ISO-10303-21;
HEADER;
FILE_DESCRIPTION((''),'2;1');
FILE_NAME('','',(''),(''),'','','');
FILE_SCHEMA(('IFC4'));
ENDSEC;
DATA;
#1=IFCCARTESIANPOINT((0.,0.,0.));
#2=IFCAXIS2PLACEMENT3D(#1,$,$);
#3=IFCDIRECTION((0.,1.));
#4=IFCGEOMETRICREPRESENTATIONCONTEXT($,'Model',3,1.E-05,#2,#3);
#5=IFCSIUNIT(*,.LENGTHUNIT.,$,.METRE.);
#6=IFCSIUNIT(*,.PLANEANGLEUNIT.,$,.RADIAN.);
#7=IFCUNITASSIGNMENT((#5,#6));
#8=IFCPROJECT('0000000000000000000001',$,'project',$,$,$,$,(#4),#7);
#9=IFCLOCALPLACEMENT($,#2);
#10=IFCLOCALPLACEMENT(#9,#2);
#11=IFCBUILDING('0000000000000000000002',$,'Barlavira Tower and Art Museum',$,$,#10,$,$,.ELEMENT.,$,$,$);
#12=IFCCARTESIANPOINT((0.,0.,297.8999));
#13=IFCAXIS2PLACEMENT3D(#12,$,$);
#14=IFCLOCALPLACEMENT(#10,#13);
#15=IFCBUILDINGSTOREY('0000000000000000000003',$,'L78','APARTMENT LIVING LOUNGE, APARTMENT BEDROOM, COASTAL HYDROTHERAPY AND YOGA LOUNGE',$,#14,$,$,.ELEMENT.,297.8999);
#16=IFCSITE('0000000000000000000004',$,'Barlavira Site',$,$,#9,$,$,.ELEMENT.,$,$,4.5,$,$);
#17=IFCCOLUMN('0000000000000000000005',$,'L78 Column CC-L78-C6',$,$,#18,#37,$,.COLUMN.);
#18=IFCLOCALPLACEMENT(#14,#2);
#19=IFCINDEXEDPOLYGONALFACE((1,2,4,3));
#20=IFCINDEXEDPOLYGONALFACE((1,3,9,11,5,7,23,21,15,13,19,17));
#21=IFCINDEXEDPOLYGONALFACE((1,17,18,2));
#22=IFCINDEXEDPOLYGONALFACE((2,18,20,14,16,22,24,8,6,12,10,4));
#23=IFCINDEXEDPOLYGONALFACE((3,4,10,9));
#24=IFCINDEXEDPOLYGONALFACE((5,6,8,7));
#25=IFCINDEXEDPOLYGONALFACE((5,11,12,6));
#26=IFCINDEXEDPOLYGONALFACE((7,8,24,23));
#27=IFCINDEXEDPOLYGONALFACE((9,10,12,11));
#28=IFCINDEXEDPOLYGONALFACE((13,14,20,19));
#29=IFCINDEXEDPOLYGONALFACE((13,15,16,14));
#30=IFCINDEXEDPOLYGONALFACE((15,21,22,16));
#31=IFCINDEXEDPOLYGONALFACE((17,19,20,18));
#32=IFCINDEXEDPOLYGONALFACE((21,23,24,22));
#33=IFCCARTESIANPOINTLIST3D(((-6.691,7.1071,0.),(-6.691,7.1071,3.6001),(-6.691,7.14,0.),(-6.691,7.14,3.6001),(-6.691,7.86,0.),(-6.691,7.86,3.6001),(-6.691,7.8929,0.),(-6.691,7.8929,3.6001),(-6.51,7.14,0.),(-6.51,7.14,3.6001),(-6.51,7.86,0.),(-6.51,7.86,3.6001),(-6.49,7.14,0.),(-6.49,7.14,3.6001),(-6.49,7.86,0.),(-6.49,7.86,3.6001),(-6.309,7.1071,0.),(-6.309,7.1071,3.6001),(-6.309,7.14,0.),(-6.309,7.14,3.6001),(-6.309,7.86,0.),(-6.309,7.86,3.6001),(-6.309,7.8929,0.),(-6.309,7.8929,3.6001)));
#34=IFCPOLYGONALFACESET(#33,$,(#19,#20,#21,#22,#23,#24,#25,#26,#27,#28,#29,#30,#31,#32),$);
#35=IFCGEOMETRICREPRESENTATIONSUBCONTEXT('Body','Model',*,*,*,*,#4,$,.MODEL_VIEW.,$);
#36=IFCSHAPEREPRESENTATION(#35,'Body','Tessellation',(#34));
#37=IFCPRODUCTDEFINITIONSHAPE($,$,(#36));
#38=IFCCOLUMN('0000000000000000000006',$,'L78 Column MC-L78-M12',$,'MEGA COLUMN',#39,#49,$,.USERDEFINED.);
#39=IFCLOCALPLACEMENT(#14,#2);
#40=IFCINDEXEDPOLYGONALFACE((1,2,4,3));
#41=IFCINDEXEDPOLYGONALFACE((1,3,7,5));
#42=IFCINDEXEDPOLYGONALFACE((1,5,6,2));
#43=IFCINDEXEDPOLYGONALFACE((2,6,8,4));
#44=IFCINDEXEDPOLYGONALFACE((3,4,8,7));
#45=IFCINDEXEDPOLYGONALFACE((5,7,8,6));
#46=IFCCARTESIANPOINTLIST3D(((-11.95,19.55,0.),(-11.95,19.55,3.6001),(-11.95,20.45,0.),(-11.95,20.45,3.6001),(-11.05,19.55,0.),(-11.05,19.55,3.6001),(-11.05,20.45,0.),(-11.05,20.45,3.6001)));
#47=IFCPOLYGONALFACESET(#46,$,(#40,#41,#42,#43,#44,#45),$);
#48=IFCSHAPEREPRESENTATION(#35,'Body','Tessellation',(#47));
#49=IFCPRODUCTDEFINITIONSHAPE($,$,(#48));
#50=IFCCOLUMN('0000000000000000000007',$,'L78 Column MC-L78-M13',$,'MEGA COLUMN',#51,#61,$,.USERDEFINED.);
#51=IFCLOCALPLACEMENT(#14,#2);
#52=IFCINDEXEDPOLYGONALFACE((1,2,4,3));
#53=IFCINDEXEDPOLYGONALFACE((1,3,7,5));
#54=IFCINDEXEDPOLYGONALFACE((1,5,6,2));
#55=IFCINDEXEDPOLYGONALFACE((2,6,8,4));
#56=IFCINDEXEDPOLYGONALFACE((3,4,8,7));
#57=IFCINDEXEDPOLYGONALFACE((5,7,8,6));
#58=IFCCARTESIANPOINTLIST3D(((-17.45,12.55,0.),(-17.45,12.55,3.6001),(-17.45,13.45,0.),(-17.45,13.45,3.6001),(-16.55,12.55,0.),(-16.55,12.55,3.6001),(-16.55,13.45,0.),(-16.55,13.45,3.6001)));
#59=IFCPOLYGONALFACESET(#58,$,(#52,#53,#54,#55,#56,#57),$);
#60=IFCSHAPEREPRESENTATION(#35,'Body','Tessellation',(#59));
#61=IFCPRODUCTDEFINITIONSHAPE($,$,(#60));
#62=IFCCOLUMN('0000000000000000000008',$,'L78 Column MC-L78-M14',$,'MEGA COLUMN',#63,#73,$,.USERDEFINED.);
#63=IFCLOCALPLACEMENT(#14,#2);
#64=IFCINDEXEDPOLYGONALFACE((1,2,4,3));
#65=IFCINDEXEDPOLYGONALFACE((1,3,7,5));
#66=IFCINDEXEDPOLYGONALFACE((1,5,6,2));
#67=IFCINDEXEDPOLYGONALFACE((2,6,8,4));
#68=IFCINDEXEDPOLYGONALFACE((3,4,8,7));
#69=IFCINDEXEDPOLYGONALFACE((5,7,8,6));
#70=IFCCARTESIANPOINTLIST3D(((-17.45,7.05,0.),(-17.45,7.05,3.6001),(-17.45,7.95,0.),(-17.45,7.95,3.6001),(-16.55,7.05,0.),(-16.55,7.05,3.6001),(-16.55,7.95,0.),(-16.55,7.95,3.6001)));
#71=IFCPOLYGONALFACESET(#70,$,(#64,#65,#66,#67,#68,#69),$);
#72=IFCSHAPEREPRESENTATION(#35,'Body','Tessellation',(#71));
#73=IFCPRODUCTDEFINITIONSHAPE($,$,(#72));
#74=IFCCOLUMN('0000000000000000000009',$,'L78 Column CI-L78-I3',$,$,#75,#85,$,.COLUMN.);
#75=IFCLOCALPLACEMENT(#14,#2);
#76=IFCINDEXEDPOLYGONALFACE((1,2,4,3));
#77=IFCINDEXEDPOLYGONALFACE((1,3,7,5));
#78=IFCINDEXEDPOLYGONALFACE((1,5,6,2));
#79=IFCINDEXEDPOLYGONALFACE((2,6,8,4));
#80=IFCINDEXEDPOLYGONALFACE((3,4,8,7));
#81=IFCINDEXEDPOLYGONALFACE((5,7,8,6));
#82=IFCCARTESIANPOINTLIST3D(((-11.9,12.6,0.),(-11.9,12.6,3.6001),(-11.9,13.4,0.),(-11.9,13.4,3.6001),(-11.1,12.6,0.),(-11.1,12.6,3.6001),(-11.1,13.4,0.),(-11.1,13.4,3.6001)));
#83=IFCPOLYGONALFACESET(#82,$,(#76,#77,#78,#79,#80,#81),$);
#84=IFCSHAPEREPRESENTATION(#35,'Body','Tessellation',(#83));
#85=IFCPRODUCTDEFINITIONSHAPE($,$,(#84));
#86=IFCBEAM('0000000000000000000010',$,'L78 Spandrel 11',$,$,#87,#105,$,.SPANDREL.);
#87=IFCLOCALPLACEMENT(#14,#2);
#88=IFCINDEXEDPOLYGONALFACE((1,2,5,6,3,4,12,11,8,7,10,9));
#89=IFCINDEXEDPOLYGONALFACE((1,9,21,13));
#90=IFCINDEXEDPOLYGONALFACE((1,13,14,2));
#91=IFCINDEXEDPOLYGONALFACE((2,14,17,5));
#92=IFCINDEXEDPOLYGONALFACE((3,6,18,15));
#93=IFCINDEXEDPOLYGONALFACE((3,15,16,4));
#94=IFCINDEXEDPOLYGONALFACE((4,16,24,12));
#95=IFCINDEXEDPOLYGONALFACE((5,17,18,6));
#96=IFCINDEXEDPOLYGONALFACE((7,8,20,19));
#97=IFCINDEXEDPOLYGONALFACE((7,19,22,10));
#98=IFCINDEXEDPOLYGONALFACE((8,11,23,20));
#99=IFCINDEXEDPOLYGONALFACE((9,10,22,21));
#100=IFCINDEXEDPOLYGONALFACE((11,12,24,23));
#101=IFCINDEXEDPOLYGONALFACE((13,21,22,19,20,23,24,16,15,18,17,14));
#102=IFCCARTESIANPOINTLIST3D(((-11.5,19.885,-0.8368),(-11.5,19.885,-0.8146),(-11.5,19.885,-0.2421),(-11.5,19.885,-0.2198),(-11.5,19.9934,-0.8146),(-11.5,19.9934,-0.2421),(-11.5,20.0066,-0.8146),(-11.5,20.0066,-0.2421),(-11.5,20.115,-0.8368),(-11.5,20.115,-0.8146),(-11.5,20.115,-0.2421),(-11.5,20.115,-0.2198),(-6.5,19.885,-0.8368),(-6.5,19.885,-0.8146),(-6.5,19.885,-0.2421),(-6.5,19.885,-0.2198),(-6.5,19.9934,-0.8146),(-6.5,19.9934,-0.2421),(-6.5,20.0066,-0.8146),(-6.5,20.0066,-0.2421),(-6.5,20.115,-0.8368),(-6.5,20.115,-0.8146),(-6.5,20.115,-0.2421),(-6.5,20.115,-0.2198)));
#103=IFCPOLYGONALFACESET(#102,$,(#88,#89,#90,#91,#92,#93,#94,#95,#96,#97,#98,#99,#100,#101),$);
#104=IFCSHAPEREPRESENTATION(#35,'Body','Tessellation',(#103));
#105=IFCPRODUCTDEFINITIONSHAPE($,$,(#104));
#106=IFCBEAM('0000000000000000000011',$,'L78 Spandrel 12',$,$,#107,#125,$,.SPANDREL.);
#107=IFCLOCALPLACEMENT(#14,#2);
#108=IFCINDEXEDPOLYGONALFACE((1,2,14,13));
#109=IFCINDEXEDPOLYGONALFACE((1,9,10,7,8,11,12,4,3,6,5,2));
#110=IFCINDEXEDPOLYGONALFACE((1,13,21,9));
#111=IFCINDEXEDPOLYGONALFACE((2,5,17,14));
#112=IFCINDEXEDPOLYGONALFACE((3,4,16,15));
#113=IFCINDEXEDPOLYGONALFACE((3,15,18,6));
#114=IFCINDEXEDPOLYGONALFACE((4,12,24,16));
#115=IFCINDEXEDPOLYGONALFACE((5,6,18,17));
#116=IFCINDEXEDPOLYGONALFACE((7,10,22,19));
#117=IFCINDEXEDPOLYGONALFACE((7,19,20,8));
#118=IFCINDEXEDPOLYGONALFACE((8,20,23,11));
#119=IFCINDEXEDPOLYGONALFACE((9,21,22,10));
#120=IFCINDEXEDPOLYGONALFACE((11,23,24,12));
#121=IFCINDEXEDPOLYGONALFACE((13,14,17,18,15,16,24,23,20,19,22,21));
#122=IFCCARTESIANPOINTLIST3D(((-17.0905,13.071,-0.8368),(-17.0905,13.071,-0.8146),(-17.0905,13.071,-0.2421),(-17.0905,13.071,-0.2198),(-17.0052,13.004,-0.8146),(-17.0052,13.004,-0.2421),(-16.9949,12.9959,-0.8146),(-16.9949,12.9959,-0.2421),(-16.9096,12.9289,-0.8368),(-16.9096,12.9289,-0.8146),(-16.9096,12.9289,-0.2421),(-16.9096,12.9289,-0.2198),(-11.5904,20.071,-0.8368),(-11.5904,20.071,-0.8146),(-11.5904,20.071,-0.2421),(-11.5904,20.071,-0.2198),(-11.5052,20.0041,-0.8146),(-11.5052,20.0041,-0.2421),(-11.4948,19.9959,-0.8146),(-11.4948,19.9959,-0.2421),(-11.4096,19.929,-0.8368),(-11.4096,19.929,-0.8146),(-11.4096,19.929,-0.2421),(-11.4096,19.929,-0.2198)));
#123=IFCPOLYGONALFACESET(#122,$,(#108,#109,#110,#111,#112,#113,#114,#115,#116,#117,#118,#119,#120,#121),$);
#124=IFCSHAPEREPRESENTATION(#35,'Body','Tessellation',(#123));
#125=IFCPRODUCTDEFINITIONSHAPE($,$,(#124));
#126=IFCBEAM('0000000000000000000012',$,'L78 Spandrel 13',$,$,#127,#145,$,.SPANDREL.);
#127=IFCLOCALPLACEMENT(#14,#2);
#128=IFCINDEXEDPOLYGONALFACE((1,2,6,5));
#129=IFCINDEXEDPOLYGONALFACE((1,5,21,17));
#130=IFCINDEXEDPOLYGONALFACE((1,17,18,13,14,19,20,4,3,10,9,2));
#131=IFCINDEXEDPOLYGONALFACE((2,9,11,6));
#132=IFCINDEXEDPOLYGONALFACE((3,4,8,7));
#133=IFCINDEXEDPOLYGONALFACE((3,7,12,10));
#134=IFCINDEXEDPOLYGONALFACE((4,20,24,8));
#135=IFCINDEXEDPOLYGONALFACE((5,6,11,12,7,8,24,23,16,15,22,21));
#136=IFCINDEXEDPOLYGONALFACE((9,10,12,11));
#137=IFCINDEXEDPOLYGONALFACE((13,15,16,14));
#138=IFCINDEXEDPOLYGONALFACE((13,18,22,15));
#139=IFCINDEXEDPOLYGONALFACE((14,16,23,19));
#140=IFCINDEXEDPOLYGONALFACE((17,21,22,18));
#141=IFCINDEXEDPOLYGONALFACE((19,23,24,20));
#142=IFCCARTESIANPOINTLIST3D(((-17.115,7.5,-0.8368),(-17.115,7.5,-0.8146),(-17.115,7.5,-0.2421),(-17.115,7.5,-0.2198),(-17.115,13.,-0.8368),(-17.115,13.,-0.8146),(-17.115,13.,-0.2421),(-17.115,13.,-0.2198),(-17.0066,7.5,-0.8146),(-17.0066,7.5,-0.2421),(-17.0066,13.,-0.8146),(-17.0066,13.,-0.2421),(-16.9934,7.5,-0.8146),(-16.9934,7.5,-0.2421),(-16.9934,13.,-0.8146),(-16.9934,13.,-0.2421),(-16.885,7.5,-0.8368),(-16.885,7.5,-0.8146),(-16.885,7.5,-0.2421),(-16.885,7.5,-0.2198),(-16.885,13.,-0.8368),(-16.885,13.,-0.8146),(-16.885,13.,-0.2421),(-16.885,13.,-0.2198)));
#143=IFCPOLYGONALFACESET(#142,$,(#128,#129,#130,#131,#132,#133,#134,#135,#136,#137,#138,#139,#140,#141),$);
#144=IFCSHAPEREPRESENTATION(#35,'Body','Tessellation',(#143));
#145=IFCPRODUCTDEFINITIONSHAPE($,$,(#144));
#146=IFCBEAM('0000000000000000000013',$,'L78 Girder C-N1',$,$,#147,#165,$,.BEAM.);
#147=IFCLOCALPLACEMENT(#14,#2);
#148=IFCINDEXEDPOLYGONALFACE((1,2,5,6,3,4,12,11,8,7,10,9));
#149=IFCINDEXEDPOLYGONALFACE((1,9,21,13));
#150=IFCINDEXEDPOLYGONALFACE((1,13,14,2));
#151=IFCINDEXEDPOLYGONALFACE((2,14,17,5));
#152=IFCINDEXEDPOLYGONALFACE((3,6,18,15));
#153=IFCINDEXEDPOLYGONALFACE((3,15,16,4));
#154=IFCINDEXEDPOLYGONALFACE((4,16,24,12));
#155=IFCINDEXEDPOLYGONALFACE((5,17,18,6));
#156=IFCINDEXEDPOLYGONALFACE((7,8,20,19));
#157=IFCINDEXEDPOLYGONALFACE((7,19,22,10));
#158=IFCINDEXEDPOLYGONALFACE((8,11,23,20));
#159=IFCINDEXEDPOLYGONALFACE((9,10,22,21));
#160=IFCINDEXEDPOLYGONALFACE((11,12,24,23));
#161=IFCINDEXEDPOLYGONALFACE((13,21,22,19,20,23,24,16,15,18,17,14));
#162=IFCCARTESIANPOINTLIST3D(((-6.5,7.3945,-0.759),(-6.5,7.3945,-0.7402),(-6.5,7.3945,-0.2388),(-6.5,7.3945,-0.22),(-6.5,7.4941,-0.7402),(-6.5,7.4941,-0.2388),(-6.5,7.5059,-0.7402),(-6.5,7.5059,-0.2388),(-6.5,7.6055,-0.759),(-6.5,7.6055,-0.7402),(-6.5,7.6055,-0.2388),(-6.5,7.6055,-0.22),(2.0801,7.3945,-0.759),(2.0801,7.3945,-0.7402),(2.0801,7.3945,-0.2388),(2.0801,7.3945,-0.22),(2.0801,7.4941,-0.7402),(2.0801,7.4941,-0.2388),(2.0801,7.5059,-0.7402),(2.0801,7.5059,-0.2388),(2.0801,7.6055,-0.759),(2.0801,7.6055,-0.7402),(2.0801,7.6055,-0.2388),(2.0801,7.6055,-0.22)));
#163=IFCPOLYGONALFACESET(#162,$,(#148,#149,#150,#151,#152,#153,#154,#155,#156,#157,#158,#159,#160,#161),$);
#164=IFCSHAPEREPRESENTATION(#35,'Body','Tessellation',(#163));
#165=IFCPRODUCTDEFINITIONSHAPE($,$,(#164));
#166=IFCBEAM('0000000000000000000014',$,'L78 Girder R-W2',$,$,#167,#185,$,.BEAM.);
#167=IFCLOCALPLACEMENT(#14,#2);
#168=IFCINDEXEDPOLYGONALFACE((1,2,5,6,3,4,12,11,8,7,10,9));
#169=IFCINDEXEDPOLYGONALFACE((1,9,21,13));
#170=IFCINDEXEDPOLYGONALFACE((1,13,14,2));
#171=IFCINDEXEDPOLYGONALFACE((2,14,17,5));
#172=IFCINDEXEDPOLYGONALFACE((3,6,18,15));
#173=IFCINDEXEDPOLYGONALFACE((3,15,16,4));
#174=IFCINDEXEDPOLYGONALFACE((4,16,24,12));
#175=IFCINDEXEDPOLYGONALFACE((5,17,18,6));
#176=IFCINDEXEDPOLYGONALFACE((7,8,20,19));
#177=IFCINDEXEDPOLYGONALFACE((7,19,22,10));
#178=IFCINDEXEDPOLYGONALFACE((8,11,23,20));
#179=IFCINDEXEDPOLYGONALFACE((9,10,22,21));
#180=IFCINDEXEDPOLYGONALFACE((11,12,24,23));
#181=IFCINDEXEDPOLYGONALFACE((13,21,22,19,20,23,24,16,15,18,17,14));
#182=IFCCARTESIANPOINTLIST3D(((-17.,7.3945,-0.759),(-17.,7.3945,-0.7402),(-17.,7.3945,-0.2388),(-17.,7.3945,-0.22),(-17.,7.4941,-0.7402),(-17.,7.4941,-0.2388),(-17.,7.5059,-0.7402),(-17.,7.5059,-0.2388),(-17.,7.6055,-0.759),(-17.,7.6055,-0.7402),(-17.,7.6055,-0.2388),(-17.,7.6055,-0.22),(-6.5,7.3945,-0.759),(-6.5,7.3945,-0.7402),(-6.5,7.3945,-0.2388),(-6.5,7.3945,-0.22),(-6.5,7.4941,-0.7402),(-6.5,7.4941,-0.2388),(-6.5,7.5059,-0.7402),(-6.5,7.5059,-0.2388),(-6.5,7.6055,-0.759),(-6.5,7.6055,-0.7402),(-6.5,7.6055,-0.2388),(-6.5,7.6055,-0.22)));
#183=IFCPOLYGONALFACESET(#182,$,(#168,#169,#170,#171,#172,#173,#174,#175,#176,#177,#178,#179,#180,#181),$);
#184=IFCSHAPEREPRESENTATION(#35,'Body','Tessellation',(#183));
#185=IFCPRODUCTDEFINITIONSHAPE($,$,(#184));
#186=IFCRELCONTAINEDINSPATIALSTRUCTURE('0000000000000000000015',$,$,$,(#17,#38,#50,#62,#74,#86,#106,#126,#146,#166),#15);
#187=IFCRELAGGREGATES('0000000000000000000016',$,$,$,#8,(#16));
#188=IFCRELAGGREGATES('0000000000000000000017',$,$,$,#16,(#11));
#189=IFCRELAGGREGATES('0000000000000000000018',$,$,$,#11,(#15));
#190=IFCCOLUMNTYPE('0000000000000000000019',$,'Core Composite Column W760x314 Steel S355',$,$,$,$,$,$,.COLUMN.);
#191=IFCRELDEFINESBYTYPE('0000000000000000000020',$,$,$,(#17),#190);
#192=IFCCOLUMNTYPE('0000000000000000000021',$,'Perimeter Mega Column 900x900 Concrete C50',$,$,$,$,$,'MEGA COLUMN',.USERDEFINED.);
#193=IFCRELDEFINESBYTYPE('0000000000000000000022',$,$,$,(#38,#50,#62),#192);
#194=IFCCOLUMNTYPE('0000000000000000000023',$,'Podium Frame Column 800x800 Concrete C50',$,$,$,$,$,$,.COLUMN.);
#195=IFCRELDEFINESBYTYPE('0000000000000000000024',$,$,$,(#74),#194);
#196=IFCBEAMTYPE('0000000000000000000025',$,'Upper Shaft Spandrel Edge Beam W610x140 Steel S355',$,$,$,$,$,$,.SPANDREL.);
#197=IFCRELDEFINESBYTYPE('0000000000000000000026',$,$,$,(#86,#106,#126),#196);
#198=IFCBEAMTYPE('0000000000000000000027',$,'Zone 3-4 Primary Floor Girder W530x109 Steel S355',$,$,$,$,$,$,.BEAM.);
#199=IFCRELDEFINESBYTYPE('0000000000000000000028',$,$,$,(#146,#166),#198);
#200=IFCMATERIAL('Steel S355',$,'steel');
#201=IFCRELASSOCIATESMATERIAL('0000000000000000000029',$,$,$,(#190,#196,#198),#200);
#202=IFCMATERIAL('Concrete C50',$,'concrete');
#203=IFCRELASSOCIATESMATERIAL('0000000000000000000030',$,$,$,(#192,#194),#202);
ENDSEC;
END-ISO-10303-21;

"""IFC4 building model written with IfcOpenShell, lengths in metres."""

from ifc_helpers import new_model, si_unit, direction, frame, origin, origin_2d, place, context, subcontext, project, spatial, rectangle, i_section, extrude, material, material_profile, profile_set, type_object, element, save


model = new_model("IFC4")

# Units and contexts
model_context = context("Model", 3, precision=1e-05, world=origin(), true_north=direction((0.0, 1.0)))
body_context = subcontext(model_context, "Body", "Model", "MODEL_VIEW")
ifc_project = project(units=[si_unit("LENGTHUNIT", "METRE"), si_unit("PLANEANGLEUNIT", "RADIAN")], contexts=[model_context])

# Site, building, storey
site_placement = place(None, origin())
site = spatial("IfcSite", under=ifc_project, at=site_placement, Name="Barlavira Site", CompositionType="ELEMENT", RefElevation=4.5)
building_placement = place(site_placement, origin())
building = spatial("IfcBuilding", under=site, at=building_placement, Name="Barlavira Tower and Art Museum", CompositionType="ELEMENT")
storey_placement = place(building_placement, frame((0.0, 0.0, 297.8999)))
storey = spatial("IfcBuildingStorey", under=building, at=storey_placement, Name="L78", Description="APARTMENT LIVING LOUNGE, APARTMENT BEDROOM, COASTAL HYDROTHERAPY AND YOGA LOUNGE", CompositionType="ELEMENT", Elevation=297.8999)

# Columns
ifc_material_1 = material(Name="Steel S355", Category="steel")
ifc_material_profile_1 = material_profile(ifc_material_1, i_section(OverallWidth=0.3821, OverallDepth=0.7859, WebThickness=0.02, FlangeThickness=0.033, at=origin_2d()), Name="W760x314.0")
ifc_profile_set_1 = profile_set([ifc_material_profile_1], Name="Steel S355")
column_type_1 = type_object("IfcColumnType", Name="Core Composite Column W760x314 Steel S355", PredefinedType="COLUMN", material=ifc_profile_set_1)
column_1_placement = place(storey_placement, frame((-6.5, 7.5, 0.0), z_axis=(0.0, 0.0, 1.0), x_axis=(1.0, 0.0, 0.0)))
element("IfcColumn", 1, at=column_1_placement, inside=storey, type_object=column_type_1, Name="L78 Column CC-L78-C6", PredefinedType="COLUMN", context=body_context, shape_type="SweptSolid", body=[
    extrude(i_section(OverallWidth=0.3821, OverallDepth=0.7859, WebThickness=0.02, FlangeThickness=0.033, at=origin_2d()), origin(), (0.0, 0.0, 1.0), 3.6001),
])
ifc_material_2 = material(Name="Concrete C50", Category="concrete")
ifc_material_profile_2 = material_profile(ifc_material_2, rectangle(XDim=0.8999, YDim=0.8999, at=origin_2d()), Name="RC-COL 900x900")
ifc_profile_set_2 = profile_set([ifc_material_profile_2], Name="Concrete C50")
column_type_2 = type_object("IfcColumnType", Name="Perimeter Mega Column 900x900 Concrete C50", ElementType="MEGA COLUMN", PredefinedType="USERDEFINED", material=ifc_profile_set_2)
for number, where, z_axis, x_axis, name in (
    (2, (-11.5, 20.0, 0.0), (0.0, 0.0, 1.0), (1.0, 0.0, 0.0), "L78 Column MC-L78-M12"),
    (3, (-17.0, 13.0, 0.0), (0.0, 0.0, 1.0), (1.0, 0.0, 0.0), "L78 Column MC-L78-M13"),
    (4, (-17.0, 7.5, 0.0), (0.0, 0.0, 1.0), (1.0, 0.0, 0.0), "L78 Column MC-L78-M14"),
):
    element("IfcColumn", number, at=place(storey_placement, frame(where, z_axis=z_axis, x_axis=x_axis)), inside=storey, type_object=column_type_2, Name=name, ObjectType="MEGA COLUMN", PredefinedType="USERDEFINED", context=body_context, shape_type="SweptSolid", body=[
        extrude(rectangle(XDim=0.8999, YDim=0.8999, at=origin_2d()), origin(), (0.0, 0.0, 1.0), 3.6001),
    ])
ifc_material_profile_3 = material_profile(ifc_material_2, rectangle(XDim=0.8, YDim=0.8, at=origin_2d()), Name="RC-COL 800x800")
ifc_profile_set_3 = profile_set([ifc_material_profile_3], Name="Concrete C50")
column_type_3 = type_object("IfcColumnType", Name="Podium Frame Column 800x800 Concrete C50", PredefinedType="COLUMN", material=ifc_profile_set_3)
column_2_placement = place(storey_placement, frame((-11.5, 13.0, 0.0), z_axis=(0.0, 0.0, 1.0), x_axis=(1.0, 0.0, 0.0)))
element("IfcColumn", 5, at=column_2_placement, inside=storey, type_object=column_type_3, Name="L78 Column CI-L78-I3", PredefinedType="COLUMN", context=body_context, shape_type="SweptSolid", body=[
    extrude(rectangle(XDim=0.8, YDim=0.8, at=origin_2d()), origin(), (0.0, 0.0, 1.0), 3.6001),
])

# Beams
ifc_material_profile_4 = material_profile(ifc_material_1, i_section(OverallWidth=0.23, OverallDepth=0.6169, WebThickness=0.0132, FlangeThickness=0.0222, at=origin_2d()), Name="W610x140.0")
ifc_profile_set_4 = profile_set([ifc_material_profile_4], Name="Steel S355")
beam_type_1 = type_object("IfcBeamType", Name="Upper Shaft Spandrel Edge Beam W610x140 Steel S355", PredefinedType="SPANDREL", material=ifc_profile_set_4)
beam_1_placement = place(storey_placement, frame((-11.5, 20.0, -0.5283), z_axis=(1.0, 0.0, 0.0), x_axis=(0.0, 1.0, 0.0)))
element("IfcBeam", 6, at=beam_1_placement, inside=storey, type_object=beam_type_1, Name="L78 Spandrel 11", PredefinedType="SPANDREL", context=body_context, shape_type="SweptSolid", body=[
    extrude(i_section(OverallWidth=0.23, OverallDepth=0.6169, WebThickness=0.0132, FlangeThickness=0.0222, at=origin_2d()), origin(), (0.0, 0.0, 1.0), 5.0),
])
beam_2_placement = place(storey_placement, frame((-11.5, 20.0, -0.5283), z_axis=(-0.617822, -0.786318, 0.0), x_axis=(0.786318, -0.617822, 0.0)))
element("IfcBeam", 7, at=beam_2_placement, inside=storey, type_object=beam_type_1, Name="L78 Spandrel 12", PredefinedType="SPANDREL", context=body_context, shape_type="SweptSolid", body=[
    extrude(i_section(OverallWidth=0.23, OverallDepth=0.6169, WebThickness=0.0132, FlangeThickness=0.0222, at=origin_2d()), origin(), (0.0, 0.0, 1.0), 8.9023),
])
beam_3_placement = place(storey_placement, frame((-17.0, 7.5, -0.5283), z_axis=(0.0, 1.0, 0.0), x_axis=(-1.0, 0.0, 0.0)))
element("IfcBeam", 8, at=beam_3_placement, inside=storey, type_object=beam_type_1, Name="L78 Spandrel 13", PredefinedType="SPANDREL", context=body_context, shape_type="SweptSolid", body=[
    extrude(i_section(OverallWidth=0.23, OverallDepth=0.6169, WebThickness=0.0132, FlangeThickness=0.0222, at=origin_2d()), origin(), (0.0, 0.0, 1.0), 5.5),
])
ifc_material_profile_5 = material_profile(ifc_material_1, i_section(OverallWidth=0.2109, OverallDepth=0.5391, WebThickness=0.0117, FlangeThickness=0.0188, at=origin_2d()), Name="W530x109.0")
ifc_profile_set_5 = profile_set([ifc_material_profile_5], Name="Steel S355")
beam_type_2 = type_object("IfcBeamType", Name="Zone 3-4 Primary Floor Girder W530x109 Steel S355", PredefinedType="BEAM", material=ifc_profile_set_5)
beam_4_placement = place(storey_placement, frame((-6.5, 7.5, -0.4895), z_axis=(1.0, 0.0, 0.0), x_axis=(0.0, 1.0, 0.0)))
element("IfcBeam", 9, at=beam_4_placement, inside=storey, type_object=beam_type_2, Name="L78 Girder C-N1", PredefinedType="BEAM", context=body_context, shape_type="SweptSolid", body=[
    extrude(i_section(OverallWidth=0.2109, OverallDepth=0.5391, WebThickness=0.0117, FlangeThickness=0.0188, at=origin_2d()), origin(), (0.0, 0.0, 1.0), 8.5801),
])
beam_5_placement = place(storey_placement, frame((-17.0, 7.5, -0.4895), z_axis=(1.0, 0.0, 0.0), x_axis=(0.0, 1.0, 0.0)))
element("IfcBeam", 10, at=beam_5_placement, inside=storey, type_object=beam_type_2, Name="L78 Girder R-W2", PredefinedType="BEAM", context=body_context, shape_type="SweptSolid", body=[
    extrude(i_section(OverallWidth=0.2109, OverallDepth=0.5391, WebThickness=0.0117, FlangeThickness=0.0188, at=origin_2d()), origin(), (0.0, 0.0, 1.0), 10.5),
])

save(model, "model.ifc")
